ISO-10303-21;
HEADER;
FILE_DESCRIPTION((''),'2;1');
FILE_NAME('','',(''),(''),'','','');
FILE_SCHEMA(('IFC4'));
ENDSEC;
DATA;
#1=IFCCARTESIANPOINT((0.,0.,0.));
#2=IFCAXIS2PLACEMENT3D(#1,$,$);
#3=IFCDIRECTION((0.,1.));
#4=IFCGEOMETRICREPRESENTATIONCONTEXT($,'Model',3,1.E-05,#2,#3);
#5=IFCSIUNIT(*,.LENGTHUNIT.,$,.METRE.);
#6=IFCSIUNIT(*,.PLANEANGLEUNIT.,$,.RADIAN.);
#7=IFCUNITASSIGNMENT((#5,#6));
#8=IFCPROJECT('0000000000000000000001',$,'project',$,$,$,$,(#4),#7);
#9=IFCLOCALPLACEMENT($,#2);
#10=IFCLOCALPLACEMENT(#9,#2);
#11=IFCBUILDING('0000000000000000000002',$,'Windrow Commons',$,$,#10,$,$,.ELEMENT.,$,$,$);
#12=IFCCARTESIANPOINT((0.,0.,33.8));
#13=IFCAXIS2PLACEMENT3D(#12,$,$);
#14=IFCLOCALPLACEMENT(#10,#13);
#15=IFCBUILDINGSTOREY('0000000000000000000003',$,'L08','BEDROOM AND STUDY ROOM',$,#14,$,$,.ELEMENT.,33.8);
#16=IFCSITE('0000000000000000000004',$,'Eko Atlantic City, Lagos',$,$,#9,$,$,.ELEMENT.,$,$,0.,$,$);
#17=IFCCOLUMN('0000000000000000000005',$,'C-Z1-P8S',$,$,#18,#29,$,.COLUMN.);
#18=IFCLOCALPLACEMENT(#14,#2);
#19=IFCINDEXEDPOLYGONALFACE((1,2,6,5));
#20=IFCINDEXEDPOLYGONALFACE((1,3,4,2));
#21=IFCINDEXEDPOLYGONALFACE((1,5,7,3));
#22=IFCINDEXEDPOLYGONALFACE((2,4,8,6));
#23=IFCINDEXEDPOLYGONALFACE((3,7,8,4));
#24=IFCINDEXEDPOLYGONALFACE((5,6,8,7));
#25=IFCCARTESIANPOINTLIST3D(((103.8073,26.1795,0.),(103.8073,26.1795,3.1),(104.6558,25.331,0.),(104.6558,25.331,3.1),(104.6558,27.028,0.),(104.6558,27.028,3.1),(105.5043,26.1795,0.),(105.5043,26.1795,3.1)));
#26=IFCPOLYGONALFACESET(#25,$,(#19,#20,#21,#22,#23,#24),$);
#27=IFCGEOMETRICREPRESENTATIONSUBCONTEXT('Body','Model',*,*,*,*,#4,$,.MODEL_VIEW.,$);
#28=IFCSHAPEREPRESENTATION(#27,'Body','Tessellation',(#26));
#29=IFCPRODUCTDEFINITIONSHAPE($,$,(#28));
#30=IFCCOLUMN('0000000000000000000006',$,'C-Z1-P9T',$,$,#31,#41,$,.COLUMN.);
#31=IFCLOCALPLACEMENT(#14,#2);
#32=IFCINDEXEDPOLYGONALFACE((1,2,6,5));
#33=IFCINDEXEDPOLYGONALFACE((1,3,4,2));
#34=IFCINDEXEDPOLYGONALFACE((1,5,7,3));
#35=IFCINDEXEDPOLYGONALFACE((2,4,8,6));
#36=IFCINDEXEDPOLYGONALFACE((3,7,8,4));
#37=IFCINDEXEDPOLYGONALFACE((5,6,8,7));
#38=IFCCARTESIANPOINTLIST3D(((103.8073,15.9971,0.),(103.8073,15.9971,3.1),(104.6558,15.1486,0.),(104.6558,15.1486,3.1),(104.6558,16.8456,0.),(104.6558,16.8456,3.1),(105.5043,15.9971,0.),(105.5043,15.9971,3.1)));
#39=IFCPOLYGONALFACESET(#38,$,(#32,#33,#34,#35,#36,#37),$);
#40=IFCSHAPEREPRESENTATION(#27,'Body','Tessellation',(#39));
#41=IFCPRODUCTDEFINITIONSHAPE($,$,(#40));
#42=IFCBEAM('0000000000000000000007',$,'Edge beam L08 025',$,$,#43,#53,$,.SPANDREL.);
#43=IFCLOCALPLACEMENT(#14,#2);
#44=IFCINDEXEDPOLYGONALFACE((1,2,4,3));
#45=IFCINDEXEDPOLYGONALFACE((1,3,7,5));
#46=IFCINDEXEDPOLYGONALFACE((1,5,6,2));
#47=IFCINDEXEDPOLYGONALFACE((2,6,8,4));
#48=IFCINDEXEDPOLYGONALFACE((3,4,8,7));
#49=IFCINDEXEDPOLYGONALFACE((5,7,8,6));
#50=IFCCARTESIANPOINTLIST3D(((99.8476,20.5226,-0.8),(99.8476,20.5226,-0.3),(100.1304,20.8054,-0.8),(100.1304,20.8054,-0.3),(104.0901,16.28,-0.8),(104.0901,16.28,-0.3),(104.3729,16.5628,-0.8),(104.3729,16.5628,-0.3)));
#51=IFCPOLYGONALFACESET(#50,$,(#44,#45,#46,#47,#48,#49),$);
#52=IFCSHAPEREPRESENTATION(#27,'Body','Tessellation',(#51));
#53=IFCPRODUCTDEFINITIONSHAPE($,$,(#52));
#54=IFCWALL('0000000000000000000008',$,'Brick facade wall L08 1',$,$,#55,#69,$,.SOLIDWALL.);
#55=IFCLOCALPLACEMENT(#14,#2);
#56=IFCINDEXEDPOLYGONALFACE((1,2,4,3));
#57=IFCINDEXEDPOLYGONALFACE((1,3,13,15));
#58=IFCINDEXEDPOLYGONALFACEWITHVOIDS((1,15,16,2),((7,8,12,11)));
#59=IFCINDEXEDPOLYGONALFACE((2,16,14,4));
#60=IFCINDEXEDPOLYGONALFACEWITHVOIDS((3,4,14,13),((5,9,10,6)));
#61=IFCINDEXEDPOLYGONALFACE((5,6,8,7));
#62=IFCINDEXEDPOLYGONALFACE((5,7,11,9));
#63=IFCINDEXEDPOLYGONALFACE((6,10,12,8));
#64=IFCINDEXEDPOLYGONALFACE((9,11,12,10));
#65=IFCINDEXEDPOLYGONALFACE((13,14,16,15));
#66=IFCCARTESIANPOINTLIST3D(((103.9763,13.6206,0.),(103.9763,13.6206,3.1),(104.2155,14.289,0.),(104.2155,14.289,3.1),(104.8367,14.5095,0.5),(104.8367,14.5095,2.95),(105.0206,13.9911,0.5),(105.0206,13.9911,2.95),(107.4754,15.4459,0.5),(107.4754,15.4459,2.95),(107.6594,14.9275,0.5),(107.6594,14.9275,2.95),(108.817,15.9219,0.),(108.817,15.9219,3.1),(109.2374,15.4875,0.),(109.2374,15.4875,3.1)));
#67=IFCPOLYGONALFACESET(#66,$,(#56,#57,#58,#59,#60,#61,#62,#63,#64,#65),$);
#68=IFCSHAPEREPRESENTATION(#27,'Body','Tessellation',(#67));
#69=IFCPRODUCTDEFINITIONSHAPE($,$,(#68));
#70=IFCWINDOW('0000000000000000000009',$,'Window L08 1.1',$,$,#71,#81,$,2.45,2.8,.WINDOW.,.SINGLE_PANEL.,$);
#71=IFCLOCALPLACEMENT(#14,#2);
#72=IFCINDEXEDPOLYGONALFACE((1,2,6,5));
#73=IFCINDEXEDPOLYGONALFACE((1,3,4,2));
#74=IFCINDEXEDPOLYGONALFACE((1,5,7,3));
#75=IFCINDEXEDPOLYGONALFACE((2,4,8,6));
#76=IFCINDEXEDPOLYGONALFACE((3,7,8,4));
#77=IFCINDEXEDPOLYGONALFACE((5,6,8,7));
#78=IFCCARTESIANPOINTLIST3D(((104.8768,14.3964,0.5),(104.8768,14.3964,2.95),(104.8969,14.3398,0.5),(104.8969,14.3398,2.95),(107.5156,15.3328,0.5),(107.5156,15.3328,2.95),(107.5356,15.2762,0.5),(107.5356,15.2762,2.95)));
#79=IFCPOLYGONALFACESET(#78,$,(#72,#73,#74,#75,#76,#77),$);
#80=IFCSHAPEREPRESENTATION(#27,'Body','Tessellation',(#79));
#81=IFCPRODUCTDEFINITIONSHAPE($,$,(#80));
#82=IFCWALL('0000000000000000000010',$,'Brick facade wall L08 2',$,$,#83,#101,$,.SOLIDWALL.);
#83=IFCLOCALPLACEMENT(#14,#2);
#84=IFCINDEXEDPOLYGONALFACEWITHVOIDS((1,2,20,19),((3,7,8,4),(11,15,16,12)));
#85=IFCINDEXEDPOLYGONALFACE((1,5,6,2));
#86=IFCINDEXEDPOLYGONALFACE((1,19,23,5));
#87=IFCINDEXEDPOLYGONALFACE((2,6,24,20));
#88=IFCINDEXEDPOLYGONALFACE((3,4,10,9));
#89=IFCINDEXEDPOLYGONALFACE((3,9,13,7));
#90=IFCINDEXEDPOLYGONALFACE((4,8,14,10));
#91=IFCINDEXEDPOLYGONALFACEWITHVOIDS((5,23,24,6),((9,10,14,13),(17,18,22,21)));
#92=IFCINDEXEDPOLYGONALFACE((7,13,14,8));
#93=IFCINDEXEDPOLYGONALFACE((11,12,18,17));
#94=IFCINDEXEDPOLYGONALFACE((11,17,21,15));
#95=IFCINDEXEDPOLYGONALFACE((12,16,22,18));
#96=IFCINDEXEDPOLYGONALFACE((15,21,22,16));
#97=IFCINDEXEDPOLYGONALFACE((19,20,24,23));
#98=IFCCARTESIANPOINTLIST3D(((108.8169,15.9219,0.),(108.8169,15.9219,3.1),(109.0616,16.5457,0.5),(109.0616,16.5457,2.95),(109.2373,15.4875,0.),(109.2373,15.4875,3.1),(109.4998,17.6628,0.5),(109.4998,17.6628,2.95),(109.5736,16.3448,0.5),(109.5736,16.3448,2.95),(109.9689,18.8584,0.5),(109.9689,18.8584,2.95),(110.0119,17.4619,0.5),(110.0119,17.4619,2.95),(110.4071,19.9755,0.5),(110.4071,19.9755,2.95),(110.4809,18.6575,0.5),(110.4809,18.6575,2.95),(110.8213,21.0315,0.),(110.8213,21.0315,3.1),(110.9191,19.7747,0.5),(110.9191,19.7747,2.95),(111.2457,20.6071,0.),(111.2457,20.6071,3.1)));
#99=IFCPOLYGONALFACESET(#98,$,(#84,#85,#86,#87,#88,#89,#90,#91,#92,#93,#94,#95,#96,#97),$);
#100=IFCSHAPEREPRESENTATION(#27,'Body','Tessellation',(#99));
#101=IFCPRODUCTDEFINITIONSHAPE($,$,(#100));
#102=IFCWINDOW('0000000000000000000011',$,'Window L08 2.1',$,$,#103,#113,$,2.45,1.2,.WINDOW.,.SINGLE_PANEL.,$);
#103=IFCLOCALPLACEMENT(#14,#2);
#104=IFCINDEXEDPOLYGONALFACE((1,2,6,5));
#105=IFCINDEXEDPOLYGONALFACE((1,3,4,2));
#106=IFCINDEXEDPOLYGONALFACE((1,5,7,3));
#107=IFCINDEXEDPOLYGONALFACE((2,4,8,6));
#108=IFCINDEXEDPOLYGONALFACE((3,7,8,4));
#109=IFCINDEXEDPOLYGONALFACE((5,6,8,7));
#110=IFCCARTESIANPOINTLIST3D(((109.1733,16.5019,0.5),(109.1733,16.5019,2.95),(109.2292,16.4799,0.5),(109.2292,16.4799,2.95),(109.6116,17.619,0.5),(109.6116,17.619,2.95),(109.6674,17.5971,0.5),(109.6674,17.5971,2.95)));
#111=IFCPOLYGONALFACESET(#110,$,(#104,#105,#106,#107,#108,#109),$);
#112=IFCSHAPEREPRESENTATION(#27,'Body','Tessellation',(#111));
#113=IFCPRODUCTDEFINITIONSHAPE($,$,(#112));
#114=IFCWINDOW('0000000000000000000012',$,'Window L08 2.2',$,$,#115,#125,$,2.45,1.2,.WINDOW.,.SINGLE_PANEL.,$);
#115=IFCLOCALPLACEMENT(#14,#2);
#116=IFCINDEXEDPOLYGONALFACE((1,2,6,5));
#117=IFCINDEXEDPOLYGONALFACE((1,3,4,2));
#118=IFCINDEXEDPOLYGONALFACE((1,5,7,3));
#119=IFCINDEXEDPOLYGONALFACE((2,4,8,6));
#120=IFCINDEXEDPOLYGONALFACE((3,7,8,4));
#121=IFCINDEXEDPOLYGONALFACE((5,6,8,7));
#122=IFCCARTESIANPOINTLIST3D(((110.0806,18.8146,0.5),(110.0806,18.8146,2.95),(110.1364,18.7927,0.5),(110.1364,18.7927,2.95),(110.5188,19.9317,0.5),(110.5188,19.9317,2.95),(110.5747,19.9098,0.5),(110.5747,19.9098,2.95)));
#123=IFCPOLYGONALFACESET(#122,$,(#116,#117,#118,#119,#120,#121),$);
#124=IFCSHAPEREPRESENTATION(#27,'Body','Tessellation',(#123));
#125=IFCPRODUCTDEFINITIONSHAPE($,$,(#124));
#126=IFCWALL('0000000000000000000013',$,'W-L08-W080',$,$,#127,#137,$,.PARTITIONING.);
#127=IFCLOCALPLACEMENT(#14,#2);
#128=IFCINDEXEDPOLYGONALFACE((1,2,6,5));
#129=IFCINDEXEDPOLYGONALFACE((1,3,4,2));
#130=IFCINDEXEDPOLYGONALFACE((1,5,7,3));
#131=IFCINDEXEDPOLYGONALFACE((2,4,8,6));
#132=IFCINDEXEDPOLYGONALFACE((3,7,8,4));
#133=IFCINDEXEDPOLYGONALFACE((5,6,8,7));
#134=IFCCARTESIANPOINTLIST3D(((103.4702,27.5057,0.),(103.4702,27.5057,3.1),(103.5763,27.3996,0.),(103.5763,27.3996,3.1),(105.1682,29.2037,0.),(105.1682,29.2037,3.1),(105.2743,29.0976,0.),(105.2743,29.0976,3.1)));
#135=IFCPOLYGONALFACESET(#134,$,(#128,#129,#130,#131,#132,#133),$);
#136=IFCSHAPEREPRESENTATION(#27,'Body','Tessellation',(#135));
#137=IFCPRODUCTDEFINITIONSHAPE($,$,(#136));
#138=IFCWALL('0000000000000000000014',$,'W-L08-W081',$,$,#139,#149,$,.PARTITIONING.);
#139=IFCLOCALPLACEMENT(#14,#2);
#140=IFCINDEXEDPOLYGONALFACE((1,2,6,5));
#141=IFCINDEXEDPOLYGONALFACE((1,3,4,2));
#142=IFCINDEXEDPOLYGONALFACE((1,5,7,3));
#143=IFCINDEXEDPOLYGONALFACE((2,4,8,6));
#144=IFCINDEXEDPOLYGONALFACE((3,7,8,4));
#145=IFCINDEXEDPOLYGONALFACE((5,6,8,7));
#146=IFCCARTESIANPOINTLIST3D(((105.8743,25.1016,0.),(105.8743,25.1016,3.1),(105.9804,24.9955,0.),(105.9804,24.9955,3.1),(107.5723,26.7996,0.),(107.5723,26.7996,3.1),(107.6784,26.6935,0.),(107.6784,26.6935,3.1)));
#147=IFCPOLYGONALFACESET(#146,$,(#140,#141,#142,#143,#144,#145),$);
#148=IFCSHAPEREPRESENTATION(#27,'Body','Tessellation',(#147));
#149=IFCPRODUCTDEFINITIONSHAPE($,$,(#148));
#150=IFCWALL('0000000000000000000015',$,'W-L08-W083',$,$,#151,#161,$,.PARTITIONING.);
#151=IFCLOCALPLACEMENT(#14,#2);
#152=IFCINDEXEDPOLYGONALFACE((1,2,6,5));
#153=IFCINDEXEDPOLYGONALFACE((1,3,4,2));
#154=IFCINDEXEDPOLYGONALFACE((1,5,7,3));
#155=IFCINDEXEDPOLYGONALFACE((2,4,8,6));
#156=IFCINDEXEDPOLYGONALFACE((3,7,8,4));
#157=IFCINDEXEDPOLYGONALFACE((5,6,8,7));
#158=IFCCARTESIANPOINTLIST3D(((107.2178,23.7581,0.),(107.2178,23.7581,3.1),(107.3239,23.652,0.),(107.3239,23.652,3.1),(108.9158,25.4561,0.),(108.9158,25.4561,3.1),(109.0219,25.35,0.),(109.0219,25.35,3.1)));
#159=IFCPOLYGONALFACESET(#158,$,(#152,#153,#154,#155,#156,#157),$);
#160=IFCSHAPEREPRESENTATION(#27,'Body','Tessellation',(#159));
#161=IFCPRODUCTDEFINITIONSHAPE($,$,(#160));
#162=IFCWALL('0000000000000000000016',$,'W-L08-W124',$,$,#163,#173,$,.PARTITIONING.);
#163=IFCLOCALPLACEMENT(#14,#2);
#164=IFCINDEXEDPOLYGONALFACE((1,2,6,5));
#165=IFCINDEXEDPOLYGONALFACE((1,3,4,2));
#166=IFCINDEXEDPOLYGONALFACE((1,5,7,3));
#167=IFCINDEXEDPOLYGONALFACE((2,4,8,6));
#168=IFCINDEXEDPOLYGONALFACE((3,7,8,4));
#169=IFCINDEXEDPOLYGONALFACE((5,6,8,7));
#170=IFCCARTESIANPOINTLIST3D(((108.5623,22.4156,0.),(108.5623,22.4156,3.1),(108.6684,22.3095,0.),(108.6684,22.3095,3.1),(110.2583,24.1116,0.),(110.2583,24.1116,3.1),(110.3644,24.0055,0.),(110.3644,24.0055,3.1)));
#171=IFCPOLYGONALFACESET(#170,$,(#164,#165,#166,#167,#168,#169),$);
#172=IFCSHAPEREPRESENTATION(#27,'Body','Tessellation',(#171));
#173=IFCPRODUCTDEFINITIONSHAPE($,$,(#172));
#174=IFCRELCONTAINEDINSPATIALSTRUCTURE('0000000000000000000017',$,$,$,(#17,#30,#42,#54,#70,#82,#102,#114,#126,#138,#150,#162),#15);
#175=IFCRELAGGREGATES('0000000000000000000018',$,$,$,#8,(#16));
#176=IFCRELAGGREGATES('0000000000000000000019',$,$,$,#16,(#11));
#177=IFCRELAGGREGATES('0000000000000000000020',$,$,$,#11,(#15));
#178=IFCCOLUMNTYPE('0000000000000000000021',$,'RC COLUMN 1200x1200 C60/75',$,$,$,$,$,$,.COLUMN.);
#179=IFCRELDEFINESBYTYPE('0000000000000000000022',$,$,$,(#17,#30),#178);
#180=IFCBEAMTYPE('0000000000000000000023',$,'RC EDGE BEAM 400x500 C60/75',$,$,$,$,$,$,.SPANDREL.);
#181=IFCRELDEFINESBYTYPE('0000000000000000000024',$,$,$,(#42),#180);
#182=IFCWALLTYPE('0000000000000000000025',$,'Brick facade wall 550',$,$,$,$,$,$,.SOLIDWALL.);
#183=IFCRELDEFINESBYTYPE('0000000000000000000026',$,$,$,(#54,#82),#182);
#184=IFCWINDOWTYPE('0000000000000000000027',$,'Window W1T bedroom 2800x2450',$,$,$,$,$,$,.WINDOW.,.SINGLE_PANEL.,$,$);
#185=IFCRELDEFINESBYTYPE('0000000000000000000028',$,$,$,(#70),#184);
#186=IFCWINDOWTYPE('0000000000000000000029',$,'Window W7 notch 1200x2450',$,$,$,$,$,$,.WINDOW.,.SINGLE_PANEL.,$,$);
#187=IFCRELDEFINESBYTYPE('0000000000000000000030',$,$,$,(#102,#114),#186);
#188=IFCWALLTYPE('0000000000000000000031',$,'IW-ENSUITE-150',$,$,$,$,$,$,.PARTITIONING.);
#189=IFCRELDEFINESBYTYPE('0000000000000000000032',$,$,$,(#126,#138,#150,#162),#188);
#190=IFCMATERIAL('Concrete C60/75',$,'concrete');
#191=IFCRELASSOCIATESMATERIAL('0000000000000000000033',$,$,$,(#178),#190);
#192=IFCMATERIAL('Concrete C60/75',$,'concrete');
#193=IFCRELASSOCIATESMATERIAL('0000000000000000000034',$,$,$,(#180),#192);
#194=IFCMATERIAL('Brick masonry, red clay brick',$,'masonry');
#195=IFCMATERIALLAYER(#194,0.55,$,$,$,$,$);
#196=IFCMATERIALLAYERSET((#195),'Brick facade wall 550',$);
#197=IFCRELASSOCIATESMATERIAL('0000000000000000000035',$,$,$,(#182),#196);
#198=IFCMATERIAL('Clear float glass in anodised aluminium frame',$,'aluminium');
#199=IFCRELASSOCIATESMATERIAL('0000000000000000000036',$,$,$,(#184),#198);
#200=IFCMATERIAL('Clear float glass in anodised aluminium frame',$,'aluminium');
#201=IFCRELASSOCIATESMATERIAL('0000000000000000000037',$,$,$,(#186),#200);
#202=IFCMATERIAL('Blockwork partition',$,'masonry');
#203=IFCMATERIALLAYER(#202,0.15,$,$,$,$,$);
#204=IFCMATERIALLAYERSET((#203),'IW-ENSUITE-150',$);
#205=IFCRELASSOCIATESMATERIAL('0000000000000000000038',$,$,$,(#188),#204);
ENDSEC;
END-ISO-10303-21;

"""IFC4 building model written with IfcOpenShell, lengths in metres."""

from ifc_helpers import new_model, si_unit, direction, frame, frame_2d, origin, origin_2d, place, context, subcontext, project, spatial, polyline, rectangle, outline, extrude, material, layer, layer_set, material_profile, profile_set, type_object, element, fill, save


model = new_model("IFC4")

# Units and contexts
model_context = context("Model", 3, precision=1e-05, world=origin(), true_north=direction((0.0, 1.0)))
body_context = subcontext(model_context, "Body", "Model", "MODEL_VIEW")
ifc_project = project(units=[si_unit("LENGTHUNIT", "METRE"), si_unit("PLANEANGLEUNIT", "RADIAN")], contexts=[model_context])

# Site, building, storey
site_placement = place(None, origin())
site = spatial("IfcSite", under=ifc_project, at=site_placement, Name="Eko Atlantic City, Lagos", CompositionType="ELEMENT", RefElevation=0.0)
building_placement = place(site_placement, origin())
building = spatial("IfcBuilding", under=site, at=building_placement, Name="Windrow Commons", CompositionType="ELEMENT")
storey_placement = place(building_placement, frame((0.0, 0.0, 33.8)))
storey = spatial("IfcBuildingStorey", under=building, at=storey_placement, Name="L08", Description="BEDROOM AND STUDY ROOM", CompositionType="ELEMENT", Elevation=33.8)

# Columns
ifc_material_1 = material(Name="Concrete C60/75", Category="concrete")
ifc_material_profile_1 = material_profile(ifc_material_1, rectangle(XDim=1.2, YDim=1.2, at=origin_2d()))
ifc_profile_set_1 = profile_set([ifc_material_profile_1], Name="Concrete C60/75")
column_type = type_object("IfcColumnType", Name="RC COLUMN 1200x1200 C60/75", PredefinedType="COLUMN", material=ifc_profile_set_1)
for number, where, z_axis, x_axis, name in (
    (1, (104.6558, 26.1795, 0.0), (0.0, 0.0, 1.0), (0.707107, -0.707107, 0.0), "C-Z1-P8S"),
    (2, (104.6558, 15.9971, 0.0), (0.0, 0.0, 1.0), (0.707107, -0.707107, 0.0), "C-Z1-P9T"),
):
    element("IfcColumn", number, at=place(storey_placement, frame(where, z_axis=z_axis, x_axis=x_axis)), inside=storey, type_object=column_type, Name=name, PredefinedType="COLUMN", context=body_context, shape_type="SweptSolid", body=[
        extrude(rectangle(XDim=1.2, YDim=1.2, at=origin_2d()), origin(), (0.0, 0.0, 1.0), 3.1),
    ])

# Beam
ifc_material_2 = material(Name="Concrete C60/75", Category="concrete")
ifc_material_profile_2 = material_profile(ifc_material_2, rectangle(XDim=0.4, YDim=0.5, at=origin_2d()))
ifc_profile_set_2 = profile_set([ifc_material_profile_2], Name="Concrete C60/75")
beam_type = type_object("IfcBeamType", Name="RC EDGE BEAM 400x500 C60/75", PredefinedType="SPANDREL", material=ifc_profile_set_2)
beam_placement = place(storey_placement, frame((104.2315, 16.4214, -0.55), z_axis=(-0.707098, 0.707115, 0.0), x_axis=(-0.707115, -0.707098, 0.0)))
element("IfcBeam", 3, at=beam_placement, inside=storey, type_object=beam_type, Name="Edge beam L08 025", PredefinedType="SPANDREL", context=body_context, shape_type="SweptSolid", body=[
    extrude(rectangle(XDim=0.4, YDim=0.5, at=origin_2d()), origin(), (0.0, 0.0, 1.0), 5.9999),
])

# Wall, opening, window
ifc_material_3 = material(Name="Brick masonry, red clay brick", Category="masonry")
ifc_layer_1 = layer(ifc_material_3, 0.55)
ifc_layer_set_1 = layer_set([ifc_layer_1], Name="Brick facade wall 550")
wall_type_1 = type_object("IfcWallType", Name="Brick facade wall 550", PredefinedType="SOLIDWALL", material=ifc_layer_set_1)
wall_1_placement = place(storey_placement, frame((104.0959, 13.9548, 0.0), z_axis=(0.0, 0.0, 1.0), x_axis=(0.942421, 0.33443, 0.0)))
wall_1 = element("IfcWall", 4, at=wall_1_placement, inside=storey, type_object=wall_type_1, Name="Brick facade wall L08 1", PredefinedType="SOLIDWALL", context=body_context, shape_type="SweptSolid", body=[
    extrude(outline(polyline([(-0.2245, -0.275), (5.358, -0.275), (5.1071, 0.275), (0.2245, 0.275), (-0.2245, -0.275)])), origin(), (0.0, 0.0, 1.0), 3.1),
])
opening_1_placement = place(wall_1_placement, frame((0.8836, 0.0, 0.5)))
opening_1 = element("IfcOpeningElement", 5, at=opening_1_placement, cuts=wall_1, PredefinedType="OPENING", context=body_context, shape_type="SweptSolid", body=[
    extrude(rectangle(XDim=2.8, YDim=2.45, at=frame_2d((1.4, 1.225))), frame((0.0, 0.285, 0.0), z_axis=(0.0, -1.0, 0.0), x_axis=(1.0, 0.0, 0.0)), (0.0, 0.0, 1.0), 0.57),
])
ifc_material_4 = material(Name="Clear float glass in anodised aluminium frame", Category="aluminium")
window_type_1 = type_object("IfcWindowType", Name="Window W1T bedroom 2800x2450", PartitioningType="SINGLE_PANEL", PredefinedType="WINDOW", material=ifc_material_4)
window_1_placement = place(opening_1_placement, origin())
window_1 = element("IfcWindow", 6, at=window_1_placement, inside=storey, type_object=window_type_1, Name="Window L08 1.1", OverallHeight=2.45, OverallWidth=2.8, PartitioningType="SINGLE_PANEL", PredefinedType="WINDOW", context=body_context, shape_type="SweptSolid", body=[
    extrude(rectangle(XDim=2.8, YDim=2.45, at=frame_2d((1.4, 1.225))), frame((0.0, 0.155, 0.0), z_axis=(0.0, -1.0, 0.0), x_axis=(1.0, 0.0, 0.0)), (0.0, 0.0, 1.0), 0.06),
])
fill(opening_1, window_1)

# Wall, openings, windows
wall_2_placement = place(storey_placement, frame((109.0271, 15.7047, 0.0), z_axis=(0.0, 0.0, 1.0), x_axis=(0.365194, 0.930931, 0.0)))
wall_2 = element("IfcWall", 7, at=wall_2_placement, inside=storey, type_object=wall_type_1, Name="Brick facade wall L08 2", PredefinedType="SOLIDWALL", context=body_context, shape_type="SweptSolid", body=[
    extrude(outline(polyline([(-0.1254, -0.275), (5.374, -0.275), (5.6141, 0.275), (0.1254, 0.275), (-0.1254, -0.275)])), origin(), (0.0, 0.0, 1.0), 3.1),
])
opening_2_placement = place(wall_2_placement, frame((0.7955, 0.0, 0.5)))
opening_2 = element("IfcOpeningElement", 8, at=opening_2_placement, cuts=wall_2, PredefinedType="OPENING", context=body_context, shape_type="SweptSolid", body=[
    extrude(rectangle(XDim=1.2, YDim=2.45, at=frame_2d((0.6, 1.225))), frame((0.0, 0.285, 0.0), z_axis=(0.0, -1.0, 0.0), x_axis=(1.0, 0.0, 0.0)), (0.0, 0.0, 1.0), 0.57),
])
opening_3_placement = place(wall_2_placement, frame((3.2798, 0.0, 0.5)))
opening_3 = element("IfcOpeningElement", 9, at=opening_3_placement, cuts=wall_2, PredefinedType="OPENING", context=body_context, shape_type="SweptSolid", body=[
    extrude(rectangle(XDim=1.2, YDim=2.45, at=frame_2d((0.6, 1.225))), frame((0.0, 0.285, 0.0), z_axis=(0.0, -1.0, 0.0), x_axis=(1.0, 0.0, 0.0)), (0.0, 0.0, 1.0), 0.57),
])
ifc_material_5 = material(Name="Clear float glass in anodised aluminium frame", Category="aluminium")
window_type_2 = type_object("IfcWindowType", Name="Window W7 notch 1200x2450", PartitioningType="SINGLE_PANEL", PredefinedType="WINDOW", material=ifc_material_5)
window_2_placement = place(opening_2_placement, origin())
window_2 = element("IfcWindow", 10, at=window_2_placement, inside=storey, type_object=window_type_2, Name="Window L08 2.1", OverallHeight=2.45, OverallWidth=1.2, PartitioningType="SINGLE_PANEL", PredefinedType="WINDOW", context=body_context, shape_type="SweptSolid", body=[
    extrude(rectangle(XDim=1.2, YDim=2.45, at=frame_2d((0.6, 1.225))), frame((0.0, 0.155, 0.0), z_axis=(0.0, -1.0, 0.0), x_axis=(1.0, 0.0, 0.0)), (0.0, 0.0, 1.0), 0.06),
])
fill(opening_2, window_2)
window_3_placement = place(opening_3_placement, origin())
window_3 = element("IfcWindow", 11, at=window_3_placement, inside=storey, type_object=window_type_2, Name="Window L08 2.2", OverallHeight=2.45, OverallWidth=1.2, PartitioningType="SINGLE_PANEL", PredefinedType="WINDOW", context=body_context, shape_type="SweptSolid", body=[
    extrude(rectangle(XDim=1.2, YDim=2.45, at=frame_2d((0.6, 1.225))), frame((0.0, 0.155, 0.0), z_axis=(0.0, -1.0, 0.0), x_axis=(1.0, 0.0, 0.0)), (0.0, 0.0, 1.0), 0.06),
])
fill(opening_3, window_3)

# Walls
ifc_material_6 = material(Name="Blockwork partition", Category="masonry")
ifc_layer_2 = layer(ifc_material_6, 0.15)
ifc_layer_set_2 = layer_set([ifc_layer_2], Name="IW-ENSUITE-150")
wall_type_2 = type_object("IfcWallType", Name="IW-ENSUITE-150", PredefinedType="PARTITIONING", material=ifc_layer_set_2)
for number, where, z_axis, x_axis, name in (
    (12, (103.5233, 27.4527, 0.0), (0.0, 0.0, 1.0), (0.707107, 0.707107, 0.0), "W-L08-W080"),
    (13, (105.9274, 25.0486, 0.0), (0.0, 0.0, 1.0), (0.707107, 0.707107, 0.0), "W-L08-W081"),
    (14, (107.2709, 23.7051, 0.0), (0.0, 0.0, 1.0), (0.707107, 0.707107, 0.0), "W-L08-W083"),
):
    element("IfcWall", number, at=place(storey_placement, frame(where, z_axis=z_axis, x_axis=x_axis)), inside=storey, type_object=wall_type_2, Name=name, PredefinedType="PARTITIONING", context=body_context, shape_type="SweptSolid", body=[
        extrude(rectangle(XDim=2.4013, YDim=0.15, at=frame_2d((1.2006, 0.0))), origin(), (0.0, 0.0, 1.0), 3.1),
    ])
wall_3_placement = place(storey_placement, frame((108.6154, 22.3626, 0.0), z_axis=(0.0, 0.0, 1.0), x_axis=(0.707107, 0.707107, 0.0)))
element("IfcWall", 15, at=wall_3_placement, inside=storey, type_object=wall_type_2, Name="W-L08-W124", PredefinedType="PARTITIONING", context=body_context, shape_type="SweptSolid", body=[
    extrude(rectangle(XDim=2.3985, YDim=0.15, at=frame_2d((1.1992, 0.0))), origin(), (0.0, 0.0, 1.0), 3.1),
])

save(model, "model.ifc")
